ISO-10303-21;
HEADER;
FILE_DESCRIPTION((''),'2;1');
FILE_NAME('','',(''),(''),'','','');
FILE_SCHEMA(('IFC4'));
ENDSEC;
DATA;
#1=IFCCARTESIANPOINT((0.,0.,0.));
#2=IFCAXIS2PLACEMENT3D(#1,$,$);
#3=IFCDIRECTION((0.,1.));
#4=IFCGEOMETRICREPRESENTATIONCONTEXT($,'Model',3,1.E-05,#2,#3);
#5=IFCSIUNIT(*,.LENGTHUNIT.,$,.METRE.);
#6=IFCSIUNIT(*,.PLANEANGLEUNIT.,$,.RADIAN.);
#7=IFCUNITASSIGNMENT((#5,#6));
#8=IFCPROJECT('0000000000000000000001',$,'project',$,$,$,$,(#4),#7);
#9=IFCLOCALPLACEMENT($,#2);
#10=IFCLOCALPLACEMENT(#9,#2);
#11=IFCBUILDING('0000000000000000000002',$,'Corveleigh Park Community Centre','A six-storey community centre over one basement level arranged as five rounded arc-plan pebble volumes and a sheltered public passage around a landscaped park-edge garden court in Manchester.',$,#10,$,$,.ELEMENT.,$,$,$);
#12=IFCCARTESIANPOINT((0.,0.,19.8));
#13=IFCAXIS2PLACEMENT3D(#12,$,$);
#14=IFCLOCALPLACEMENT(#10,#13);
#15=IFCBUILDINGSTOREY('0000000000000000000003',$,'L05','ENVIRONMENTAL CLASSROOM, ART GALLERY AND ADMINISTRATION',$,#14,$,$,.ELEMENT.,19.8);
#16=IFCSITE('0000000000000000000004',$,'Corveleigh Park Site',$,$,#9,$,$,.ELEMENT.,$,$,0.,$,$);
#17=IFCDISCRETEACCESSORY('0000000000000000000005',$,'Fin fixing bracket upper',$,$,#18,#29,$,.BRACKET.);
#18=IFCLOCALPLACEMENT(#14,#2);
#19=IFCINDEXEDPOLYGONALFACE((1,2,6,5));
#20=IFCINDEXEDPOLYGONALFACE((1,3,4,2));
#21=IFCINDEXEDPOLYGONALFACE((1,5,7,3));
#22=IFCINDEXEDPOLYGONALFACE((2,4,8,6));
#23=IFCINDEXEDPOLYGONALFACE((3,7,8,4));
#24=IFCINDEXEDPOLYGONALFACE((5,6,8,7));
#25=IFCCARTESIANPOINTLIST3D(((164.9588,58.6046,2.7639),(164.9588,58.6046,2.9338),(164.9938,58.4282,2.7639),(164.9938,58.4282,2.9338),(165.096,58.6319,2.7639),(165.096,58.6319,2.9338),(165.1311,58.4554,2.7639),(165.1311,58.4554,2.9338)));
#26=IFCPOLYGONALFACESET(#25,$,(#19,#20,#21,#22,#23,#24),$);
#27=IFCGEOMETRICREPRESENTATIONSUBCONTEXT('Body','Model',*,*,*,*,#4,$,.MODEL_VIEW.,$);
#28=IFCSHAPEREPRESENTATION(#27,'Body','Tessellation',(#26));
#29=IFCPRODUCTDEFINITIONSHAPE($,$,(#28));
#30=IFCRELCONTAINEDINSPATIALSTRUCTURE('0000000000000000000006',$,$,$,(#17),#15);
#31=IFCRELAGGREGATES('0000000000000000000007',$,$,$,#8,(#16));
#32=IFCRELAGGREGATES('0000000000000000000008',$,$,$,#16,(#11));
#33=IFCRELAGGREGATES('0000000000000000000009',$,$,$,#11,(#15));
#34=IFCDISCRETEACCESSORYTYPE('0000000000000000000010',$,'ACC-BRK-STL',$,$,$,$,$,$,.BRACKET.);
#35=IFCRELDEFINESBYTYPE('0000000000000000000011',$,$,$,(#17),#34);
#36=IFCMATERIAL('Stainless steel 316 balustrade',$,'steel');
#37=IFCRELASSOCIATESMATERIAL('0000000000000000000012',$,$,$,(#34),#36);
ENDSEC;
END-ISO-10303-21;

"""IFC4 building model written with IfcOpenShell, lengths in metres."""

from ifc_helpers import new_model, si_unit, direction, frame, origin, origin_2d, place, context, subcontext, project, spatial, rectangle, extrude, material, type_object, element, save


model = new_model("IFC4")

# Units and contexts
model_context = context("Model", 3, precision=1e-05, world=origin(), true_north=direction((0.0, 1.0)))
body_context = subcontext(model_context, "Body", "Model", "MODEL_VIEW")
ifc_project = project(units=[si_unit("LENGTHUNIT", "METRE"), si_unit("PLANEANGLEUNIT", "RADIAN")], contexts=[model_context])

# Site, building, storey
site_placement = place(None, origin())
site = spatial("IfcSite", under=ifc_project, at=site_placement, Name="Corveleigh Park Site", CompositionType="ELEMENT", RefElevation=0.0)
building_placement = place(site_placement, origin())
building = spatial("IfcBuilding", under=site, at=building_placement, Name="Corveleigh Park Community Centre", Description="A six-storey community centre over one basement level arranged as five rounded arc-plan pebble volumes and a sheltered public passage around a landscaped park-edge garden court in Manchester.", CompositionType="ELEMENT")
storey_placement = place(building_placement, frame((0.0, 0.0, 19.8)))
storey = spatial("IfcBuildingStorey", under=building, at=storey_placement, Name="L05", Description="ENVIRONMENTAL CLASSROOM, ART GALLERY AND ADMINISTRATION", CompositionType="ELEMENT", Elevation=19.8)

# Discrete accessory
ifc_material_1 = material(Name="Stainless steel 316 balustrade", Category="steel")
discrete_accessory_type = type_object("IfcDiscreteAccessoryType", Name="ACC-BRK-STL", PredefinedType="BRACKET", material=ifc_material_1)
for number, where, z_axis, x_axis, name in (
    (1, (165.0449, 58.53, 2.7639), (0.0, 0.0, 1.0), (0.194864, -0.98083, 0.0), "Fin fixing bracket upper"),
):
    element("IfcDiscreteAccessory", number, at=place(storey_placement, frame(where, z_axis=z_axis, x_axis=x_axis)), inside=storey, type_object=discrete_accessory_type, Name=name, PredefinedType="BRACKET", context=body_context, shape_type="SweptSolid", body=[
        extrude(rectangle(XDim=0.1799, YDim=0.1399, at=origin_2d()), origin(), (0.0, 0.0, 1.0), 0.1699),
    ])

save(model, "model.ifc")
